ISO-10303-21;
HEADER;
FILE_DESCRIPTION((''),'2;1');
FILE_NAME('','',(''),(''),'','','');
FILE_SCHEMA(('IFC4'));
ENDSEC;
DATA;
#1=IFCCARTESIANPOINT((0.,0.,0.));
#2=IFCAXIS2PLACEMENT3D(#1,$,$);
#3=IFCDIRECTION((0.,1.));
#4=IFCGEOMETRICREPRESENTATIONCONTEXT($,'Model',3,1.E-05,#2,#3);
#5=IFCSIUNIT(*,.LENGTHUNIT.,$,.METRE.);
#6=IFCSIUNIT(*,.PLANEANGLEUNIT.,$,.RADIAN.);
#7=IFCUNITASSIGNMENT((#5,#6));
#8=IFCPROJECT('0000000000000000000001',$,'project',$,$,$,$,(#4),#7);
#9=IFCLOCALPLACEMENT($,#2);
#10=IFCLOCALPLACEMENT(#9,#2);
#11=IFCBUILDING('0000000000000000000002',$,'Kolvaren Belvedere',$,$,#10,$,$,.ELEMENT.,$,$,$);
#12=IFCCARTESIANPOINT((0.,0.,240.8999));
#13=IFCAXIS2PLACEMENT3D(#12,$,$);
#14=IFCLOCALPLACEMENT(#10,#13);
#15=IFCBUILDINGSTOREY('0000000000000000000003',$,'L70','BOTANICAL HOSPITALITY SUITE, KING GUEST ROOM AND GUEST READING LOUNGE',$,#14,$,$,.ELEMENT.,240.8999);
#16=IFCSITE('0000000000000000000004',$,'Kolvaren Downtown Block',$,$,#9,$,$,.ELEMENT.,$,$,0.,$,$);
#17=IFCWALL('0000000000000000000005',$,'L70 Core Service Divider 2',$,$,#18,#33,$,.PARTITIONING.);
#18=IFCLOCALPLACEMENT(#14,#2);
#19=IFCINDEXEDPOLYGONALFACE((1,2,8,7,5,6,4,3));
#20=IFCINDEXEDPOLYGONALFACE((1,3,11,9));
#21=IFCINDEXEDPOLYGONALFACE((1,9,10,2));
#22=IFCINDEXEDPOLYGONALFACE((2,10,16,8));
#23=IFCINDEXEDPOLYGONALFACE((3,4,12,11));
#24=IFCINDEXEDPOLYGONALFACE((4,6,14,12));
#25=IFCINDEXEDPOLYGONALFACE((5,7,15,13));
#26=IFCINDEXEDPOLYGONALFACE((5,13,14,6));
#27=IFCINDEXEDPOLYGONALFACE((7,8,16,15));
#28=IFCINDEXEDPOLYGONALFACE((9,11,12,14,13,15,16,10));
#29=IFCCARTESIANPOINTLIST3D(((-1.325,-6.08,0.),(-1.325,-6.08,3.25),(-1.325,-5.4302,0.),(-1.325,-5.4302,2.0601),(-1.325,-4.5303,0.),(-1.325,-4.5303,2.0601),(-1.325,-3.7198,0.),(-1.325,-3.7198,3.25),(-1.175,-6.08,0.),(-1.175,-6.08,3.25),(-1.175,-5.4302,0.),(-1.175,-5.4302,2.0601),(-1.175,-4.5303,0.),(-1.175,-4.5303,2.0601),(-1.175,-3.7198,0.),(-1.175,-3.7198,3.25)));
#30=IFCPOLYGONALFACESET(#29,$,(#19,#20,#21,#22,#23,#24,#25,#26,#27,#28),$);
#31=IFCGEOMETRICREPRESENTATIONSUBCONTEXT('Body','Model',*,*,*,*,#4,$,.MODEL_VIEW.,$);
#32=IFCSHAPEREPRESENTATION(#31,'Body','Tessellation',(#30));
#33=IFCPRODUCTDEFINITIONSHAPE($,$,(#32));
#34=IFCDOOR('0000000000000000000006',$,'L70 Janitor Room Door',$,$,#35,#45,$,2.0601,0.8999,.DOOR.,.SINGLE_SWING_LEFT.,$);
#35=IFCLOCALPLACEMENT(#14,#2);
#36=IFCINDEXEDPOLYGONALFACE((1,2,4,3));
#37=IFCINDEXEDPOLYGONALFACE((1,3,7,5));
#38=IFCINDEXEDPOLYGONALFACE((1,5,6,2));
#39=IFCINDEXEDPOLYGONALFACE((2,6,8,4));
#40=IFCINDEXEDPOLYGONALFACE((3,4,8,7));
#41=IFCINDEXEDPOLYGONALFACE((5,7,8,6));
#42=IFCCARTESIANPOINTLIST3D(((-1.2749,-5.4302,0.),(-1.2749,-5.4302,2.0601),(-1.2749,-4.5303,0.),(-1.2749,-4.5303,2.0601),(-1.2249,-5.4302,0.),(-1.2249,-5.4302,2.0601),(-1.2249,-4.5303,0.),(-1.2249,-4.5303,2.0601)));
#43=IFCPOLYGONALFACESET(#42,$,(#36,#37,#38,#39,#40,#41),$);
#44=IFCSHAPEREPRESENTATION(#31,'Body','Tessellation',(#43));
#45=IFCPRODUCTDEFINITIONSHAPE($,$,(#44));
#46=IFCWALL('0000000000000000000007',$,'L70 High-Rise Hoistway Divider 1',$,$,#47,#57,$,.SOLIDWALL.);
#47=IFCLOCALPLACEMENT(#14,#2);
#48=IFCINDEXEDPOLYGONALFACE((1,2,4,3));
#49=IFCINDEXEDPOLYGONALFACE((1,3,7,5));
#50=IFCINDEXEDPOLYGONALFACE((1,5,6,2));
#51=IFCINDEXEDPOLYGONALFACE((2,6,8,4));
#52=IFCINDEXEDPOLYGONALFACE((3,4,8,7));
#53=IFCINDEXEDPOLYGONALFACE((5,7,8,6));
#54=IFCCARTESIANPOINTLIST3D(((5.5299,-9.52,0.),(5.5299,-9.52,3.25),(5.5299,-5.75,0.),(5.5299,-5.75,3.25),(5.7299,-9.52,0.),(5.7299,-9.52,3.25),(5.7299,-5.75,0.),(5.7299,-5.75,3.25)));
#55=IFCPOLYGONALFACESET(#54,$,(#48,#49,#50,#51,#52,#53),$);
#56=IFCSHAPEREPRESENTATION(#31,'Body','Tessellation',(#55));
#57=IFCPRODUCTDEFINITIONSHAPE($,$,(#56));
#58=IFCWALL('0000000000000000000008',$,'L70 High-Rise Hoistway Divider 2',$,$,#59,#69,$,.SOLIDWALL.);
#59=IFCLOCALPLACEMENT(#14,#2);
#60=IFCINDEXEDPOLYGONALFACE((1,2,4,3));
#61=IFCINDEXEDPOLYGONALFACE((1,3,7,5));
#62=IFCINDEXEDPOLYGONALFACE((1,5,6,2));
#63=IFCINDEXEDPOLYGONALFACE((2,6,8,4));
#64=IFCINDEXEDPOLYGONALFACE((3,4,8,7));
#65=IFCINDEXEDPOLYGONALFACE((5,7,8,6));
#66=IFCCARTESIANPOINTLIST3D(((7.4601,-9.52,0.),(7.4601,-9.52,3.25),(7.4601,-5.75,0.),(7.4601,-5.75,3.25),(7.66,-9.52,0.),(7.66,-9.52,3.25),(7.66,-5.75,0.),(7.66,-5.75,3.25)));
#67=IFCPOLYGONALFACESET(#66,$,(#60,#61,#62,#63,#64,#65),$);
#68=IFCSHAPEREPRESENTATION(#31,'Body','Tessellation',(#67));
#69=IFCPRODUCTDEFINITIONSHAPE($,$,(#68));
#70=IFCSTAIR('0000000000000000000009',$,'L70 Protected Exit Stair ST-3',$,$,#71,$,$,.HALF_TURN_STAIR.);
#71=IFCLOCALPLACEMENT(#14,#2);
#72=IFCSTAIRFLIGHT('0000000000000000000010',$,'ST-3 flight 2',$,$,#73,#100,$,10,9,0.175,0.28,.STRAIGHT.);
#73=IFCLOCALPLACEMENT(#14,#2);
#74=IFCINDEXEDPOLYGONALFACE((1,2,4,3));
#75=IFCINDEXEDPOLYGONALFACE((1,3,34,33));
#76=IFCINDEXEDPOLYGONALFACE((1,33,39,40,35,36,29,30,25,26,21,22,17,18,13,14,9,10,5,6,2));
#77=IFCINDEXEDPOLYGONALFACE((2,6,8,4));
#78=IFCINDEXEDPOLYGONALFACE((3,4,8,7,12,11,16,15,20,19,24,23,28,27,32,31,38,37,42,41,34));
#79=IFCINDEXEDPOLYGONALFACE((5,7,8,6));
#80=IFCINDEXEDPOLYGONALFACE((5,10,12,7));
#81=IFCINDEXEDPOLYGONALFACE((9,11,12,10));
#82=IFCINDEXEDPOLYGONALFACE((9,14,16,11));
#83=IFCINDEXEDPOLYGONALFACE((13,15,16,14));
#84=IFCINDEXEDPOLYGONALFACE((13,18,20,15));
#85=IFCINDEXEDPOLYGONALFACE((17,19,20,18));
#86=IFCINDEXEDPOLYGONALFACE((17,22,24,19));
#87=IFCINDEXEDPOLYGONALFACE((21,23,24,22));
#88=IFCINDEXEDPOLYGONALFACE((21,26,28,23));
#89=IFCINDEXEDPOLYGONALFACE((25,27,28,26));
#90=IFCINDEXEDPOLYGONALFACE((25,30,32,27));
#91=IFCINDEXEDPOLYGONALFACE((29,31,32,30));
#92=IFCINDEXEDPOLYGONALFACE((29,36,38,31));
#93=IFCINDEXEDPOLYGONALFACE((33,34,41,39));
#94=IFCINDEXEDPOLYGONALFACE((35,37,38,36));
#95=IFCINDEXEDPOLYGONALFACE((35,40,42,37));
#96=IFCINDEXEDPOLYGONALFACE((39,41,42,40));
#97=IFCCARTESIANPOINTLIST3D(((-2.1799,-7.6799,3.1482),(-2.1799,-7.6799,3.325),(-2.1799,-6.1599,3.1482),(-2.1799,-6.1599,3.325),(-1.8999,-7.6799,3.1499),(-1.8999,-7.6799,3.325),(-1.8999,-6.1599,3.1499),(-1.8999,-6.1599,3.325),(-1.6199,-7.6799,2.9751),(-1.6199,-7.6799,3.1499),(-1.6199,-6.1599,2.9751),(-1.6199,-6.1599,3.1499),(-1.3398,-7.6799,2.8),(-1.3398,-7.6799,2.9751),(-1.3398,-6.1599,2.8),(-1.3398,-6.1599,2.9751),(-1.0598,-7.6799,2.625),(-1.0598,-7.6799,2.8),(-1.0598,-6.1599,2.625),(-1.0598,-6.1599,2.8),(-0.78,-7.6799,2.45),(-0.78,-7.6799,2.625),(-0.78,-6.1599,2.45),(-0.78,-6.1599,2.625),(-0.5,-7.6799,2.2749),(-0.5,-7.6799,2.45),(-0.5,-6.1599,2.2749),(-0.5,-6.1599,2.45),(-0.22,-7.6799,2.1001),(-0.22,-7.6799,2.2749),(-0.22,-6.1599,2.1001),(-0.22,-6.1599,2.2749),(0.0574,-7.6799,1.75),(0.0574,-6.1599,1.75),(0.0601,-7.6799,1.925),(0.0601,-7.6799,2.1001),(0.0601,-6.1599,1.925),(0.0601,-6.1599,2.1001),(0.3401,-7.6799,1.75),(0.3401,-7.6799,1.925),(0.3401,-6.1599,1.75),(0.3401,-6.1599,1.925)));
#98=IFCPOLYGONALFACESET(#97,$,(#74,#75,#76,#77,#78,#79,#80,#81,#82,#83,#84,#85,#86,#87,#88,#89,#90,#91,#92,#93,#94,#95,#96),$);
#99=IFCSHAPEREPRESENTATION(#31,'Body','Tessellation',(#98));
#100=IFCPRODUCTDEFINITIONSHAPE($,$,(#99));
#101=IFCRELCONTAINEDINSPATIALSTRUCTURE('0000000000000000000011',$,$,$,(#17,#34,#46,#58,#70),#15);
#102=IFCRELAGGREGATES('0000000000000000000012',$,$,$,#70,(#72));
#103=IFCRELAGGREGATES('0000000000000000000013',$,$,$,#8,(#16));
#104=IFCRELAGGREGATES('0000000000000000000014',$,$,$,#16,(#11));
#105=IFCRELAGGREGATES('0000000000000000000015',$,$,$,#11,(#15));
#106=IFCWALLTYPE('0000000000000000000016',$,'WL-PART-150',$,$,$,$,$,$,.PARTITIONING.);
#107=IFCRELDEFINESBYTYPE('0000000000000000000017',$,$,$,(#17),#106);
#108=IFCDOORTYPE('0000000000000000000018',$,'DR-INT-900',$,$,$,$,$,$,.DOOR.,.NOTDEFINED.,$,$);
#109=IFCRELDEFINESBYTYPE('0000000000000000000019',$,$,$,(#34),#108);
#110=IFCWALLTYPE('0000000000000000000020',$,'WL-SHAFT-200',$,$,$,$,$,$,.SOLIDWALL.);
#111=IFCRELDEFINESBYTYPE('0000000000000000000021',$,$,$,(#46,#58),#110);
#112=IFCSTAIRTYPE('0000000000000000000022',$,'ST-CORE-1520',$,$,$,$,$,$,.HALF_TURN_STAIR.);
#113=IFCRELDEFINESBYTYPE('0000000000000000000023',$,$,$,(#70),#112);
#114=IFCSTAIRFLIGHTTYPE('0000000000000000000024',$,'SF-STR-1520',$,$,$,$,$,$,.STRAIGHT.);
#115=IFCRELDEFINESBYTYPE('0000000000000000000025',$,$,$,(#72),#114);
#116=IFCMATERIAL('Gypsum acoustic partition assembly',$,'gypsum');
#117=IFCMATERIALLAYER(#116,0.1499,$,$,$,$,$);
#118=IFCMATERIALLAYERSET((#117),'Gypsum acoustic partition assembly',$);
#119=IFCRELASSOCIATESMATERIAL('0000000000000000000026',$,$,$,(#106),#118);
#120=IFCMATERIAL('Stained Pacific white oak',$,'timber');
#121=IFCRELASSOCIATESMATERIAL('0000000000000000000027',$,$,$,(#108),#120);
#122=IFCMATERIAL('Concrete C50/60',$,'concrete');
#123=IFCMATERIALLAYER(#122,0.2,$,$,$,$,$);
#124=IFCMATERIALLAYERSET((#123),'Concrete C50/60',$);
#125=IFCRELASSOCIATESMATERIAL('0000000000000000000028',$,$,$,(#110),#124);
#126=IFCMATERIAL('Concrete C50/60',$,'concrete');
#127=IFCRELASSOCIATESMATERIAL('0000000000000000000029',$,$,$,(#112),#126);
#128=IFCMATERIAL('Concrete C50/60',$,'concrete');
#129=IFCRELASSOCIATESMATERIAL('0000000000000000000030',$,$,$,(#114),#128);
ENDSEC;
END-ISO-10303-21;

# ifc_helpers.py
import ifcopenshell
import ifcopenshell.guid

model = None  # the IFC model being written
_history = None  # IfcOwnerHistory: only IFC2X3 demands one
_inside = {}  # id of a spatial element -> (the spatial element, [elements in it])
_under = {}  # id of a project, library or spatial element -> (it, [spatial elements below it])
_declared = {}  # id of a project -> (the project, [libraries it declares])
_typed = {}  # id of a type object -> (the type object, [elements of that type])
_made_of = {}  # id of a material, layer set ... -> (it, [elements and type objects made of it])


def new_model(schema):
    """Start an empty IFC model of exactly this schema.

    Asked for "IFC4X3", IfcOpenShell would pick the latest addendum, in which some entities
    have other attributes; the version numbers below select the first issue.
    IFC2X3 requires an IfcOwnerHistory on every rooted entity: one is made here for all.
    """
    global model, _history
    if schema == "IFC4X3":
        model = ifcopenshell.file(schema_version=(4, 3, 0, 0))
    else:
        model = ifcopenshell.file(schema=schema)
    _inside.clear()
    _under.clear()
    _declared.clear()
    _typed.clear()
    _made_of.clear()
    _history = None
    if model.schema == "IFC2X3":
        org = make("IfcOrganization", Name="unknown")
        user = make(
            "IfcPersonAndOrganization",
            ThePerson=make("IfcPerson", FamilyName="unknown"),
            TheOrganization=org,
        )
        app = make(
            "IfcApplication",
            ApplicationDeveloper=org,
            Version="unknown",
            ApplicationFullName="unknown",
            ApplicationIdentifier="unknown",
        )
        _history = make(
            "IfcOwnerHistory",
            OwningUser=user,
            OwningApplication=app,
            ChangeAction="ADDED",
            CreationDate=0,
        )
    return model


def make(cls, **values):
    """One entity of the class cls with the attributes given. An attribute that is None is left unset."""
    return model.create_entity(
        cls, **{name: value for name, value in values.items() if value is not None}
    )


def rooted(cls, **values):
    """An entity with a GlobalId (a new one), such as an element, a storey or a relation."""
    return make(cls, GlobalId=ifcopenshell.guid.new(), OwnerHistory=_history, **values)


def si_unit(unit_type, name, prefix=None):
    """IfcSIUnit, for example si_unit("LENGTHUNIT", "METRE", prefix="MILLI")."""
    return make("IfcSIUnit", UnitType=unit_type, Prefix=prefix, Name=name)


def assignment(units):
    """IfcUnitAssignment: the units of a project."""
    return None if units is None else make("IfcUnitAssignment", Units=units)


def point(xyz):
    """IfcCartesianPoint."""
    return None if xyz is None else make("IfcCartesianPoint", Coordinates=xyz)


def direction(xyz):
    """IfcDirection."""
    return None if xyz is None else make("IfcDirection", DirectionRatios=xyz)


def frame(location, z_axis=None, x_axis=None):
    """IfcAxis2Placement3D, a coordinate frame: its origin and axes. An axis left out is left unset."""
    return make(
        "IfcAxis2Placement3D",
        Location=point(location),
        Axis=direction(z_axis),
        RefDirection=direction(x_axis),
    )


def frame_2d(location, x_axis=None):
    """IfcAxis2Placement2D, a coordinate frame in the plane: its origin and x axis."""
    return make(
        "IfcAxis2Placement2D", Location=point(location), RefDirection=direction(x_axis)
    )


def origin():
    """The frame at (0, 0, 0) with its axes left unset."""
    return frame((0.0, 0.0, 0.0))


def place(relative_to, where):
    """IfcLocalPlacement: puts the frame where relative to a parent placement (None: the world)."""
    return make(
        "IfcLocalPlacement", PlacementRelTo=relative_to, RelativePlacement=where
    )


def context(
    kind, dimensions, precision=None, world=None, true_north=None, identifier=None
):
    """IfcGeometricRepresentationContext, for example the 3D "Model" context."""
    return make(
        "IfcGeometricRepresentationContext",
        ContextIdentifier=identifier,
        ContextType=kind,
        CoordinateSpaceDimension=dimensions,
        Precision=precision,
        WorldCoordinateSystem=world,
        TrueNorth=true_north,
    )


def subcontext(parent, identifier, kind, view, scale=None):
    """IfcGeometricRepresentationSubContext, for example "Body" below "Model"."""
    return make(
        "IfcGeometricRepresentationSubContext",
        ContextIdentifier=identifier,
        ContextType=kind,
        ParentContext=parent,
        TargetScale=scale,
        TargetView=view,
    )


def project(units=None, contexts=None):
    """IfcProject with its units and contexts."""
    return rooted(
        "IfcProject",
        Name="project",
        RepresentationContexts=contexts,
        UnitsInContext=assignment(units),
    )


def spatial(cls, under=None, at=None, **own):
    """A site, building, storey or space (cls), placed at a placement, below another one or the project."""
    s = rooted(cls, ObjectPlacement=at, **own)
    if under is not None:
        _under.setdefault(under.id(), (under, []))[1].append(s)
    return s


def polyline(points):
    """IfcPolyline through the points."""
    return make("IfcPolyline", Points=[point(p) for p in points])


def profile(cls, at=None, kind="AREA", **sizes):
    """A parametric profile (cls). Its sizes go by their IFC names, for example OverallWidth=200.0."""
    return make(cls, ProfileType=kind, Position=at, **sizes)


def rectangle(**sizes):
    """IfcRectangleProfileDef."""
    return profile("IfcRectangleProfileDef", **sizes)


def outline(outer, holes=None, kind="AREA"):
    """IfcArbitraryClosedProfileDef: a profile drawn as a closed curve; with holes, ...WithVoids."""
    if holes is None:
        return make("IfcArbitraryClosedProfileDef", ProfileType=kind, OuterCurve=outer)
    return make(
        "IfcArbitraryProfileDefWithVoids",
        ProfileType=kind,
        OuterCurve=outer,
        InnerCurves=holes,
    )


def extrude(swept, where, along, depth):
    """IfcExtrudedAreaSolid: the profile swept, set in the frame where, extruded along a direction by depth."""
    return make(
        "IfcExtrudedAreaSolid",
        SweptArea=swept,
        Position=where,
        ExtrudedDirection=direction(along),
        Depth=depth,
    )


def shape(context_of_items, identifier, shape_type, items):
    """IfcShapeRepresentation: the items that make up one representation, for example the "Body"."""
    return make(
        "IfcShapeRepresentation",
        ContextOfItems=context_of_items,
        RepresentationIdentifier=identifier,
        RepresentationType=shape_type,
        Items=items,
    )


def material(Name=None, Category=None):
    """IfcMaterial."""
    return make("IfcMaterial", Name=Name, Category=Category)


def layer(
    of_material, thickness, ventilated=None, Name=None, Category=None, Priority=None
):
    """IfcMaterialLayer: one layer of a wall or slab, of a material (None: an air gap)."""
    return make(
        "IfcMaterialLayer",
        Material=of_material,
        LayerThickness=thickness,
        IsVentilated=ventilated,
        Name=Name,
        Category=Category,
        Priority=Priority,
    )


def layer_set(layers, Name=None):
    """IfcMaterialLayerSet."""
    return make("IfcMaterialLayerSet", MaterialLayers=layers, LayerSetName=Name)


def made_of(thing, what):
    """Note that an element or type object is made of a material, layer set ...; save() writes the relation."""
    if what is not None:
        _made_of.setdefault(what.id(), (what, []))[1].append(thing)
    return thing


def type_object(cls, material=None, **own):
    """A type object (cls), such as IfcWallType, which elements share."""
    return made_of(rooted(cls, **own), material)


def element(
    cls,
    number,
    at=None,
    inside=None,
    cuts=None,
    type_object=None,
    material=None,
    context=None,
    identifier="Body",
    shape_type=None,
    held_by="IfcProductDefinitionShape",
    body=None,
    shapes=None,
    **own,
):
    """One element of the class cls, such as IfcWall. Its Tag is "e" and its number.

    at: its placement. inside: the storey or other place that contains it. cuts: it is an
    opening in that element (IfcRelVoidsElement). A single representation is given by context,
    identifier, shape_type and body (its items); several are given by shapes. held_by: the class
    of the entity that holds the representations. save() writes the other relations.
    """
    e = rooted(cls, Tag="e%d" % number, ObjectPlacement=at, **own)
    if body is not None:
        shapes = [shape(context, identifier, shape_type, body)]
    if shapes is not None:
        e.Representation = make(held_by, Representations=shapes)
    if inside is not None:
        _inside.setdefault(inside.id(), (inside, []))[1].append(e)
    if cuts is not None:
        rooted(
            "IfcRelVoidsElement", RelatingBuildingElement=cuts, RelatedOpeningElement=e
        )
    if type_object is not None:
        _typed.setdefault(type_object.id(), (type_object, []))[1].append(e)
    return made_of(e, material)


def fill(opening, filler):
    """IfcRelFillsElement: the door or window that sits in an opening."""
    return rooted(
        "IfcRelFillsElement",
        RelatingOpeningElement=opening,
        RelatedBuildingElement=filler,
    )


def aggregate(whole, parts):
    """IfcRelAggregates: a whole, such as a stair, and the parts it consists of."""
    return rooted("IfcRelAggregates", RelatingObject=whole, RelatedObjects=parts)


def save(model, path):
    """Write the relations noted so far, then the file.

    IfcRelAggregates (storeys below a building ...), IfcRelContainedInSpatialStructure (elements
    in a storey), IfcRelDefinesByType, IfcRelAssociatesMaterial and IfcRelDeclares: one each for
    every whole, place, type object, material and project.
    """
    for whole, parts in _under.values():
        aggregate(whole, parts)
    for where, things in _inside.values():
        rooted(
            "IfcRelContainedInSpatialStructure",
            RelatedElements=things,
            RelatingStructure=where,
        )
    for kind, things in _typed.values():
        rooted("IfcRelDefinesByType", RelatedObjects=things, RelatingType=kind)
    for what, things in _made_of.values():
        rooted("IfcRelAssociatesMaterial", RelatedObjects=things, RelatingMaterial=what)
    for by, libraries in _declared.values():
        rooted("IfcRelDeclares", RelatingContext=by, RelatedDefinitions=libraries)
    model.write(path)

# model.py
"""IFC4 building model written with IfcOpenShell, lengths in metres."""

from ifc_helpers import new_model, si_unit, direction, frame, frame_2d, origin, place, context, subcontext, project, spatial, polyline, rectangle, outline, extrude, material, layer, layer_set, type_object, element, fill, aggregate, save


model = new_model("IFC4")

# Units and contexts
model_context = context("Model", 3, precision=1e-05, world=origin(), true_north=direction((0.0, 1.0)))
body_context = subcontext(model_context, "Body", "Model", "MODEL_VIEW")
ifc_project = project(units=[si_unit("LENGTHUNIT", "METRE"), si_unit("PLANEANGLEUNIT", "RADIAN")], contexts=[model_context])

# Site, building, storey
site_placement = place(None, origin())
site = spatial("IfcSite", under=ifc_project, at=site_placement, Name="Kolvaren Downtown Block", CompositionType="ELEMENT", RefElevation=0.0)
building_placement = place(site_placement, origin())
building = spatial("IfcBuilding", under=site, at=building_placement, Name="Kolvaren Belvedere", CompositionType="ELEMENT")
storey_placement = place(building_placement, frame((0.0, 0.0, 240.8999)))
storey = spatial("IfcBuildingStorey", under=building, at=storey_placement, Name="L70", Description="BOTANICAL HOSPITALITY SUITE, KING GUEST ROOM AND GUEST READING LOUNGE", CompositionType="ELEMENT", Elevation=240.8999)

# Wall, opening, door
ifc_material_1 = material(Name="Gypsum acoustic partition assembly", Category="gypsum")
ifc_layer_1 = layer(ifc_material_1, 0.1499)
ifc_layer_set_1 = layer_set([ifc_layer_1], Name="Gypsum acoustic partition assembly")
wall_type_1 = type_object("IfcWallType", Name="WL-PART-150", PredefinedType="PARTITIONING", material=ifc_layer_set_1)
ifc_material_2 = material(Name="Stained Pacific white oak", Category="timber")
door_type_1 = type_object("IfcDoorType", Name="DR-INT-900", OperationType="NOTDEFINED", PredefinedType="DOOR", material=ifc_material_2)
wall_1_placement = place(storey_placement, frame((-1.25, -6.0801, 0.0), z_axis=(0.0, 0.0, 1.0), x_axis=(0.0, 1.0, 0.0)))
wall_1 = element("IfcWall", 1, at=wall_1_placement, inside=storey, type_object=wall_type_1, Name="L70 Core Service Divider 2", PredefinedType="PARTITIONING", context=body_context, shape_type="SweptSolid", body=[
    extrude(rectangle(XDim=2.3601, YDim=0.1499, at=frame_2d((1.1802, 0.0))), origin(), (0.0, 0.0, 1.0), 3.25),
])
opening_1_placement = place(wall_1_placement, frame((0.6499, 0.0, 0.0)))
opening_1 = element("IfcOpeningElement", 2, at=opening_1_placement, cuts=wall_1, PredefinedType="OPENING", context=body_context, shape_type="SweptSolid", body=[
    extrude(rectangle(XDim=0.8999, YDim=2.0601, at=frame_2d((0.45, 1.03))), frame((0.0, 0.085, 0.0), z_axis=(0.0, -1.0, 0.0), x_axis=(1.0, 0.0, 0.0)), (0.0, 0.0, 1.0), 0.1699),
])
door_1_placement = place(opening_1_placement, origin())
door_1 = element("IfcDoor", 3, at=door_1_placement, inside=storey, type_object=door_type_1, Name="L70 Janitor Room Door", OperationType="SINGLE_SWING_LEFT", OverallHeight=2.0601, OverallWidth=0.8999, PredefinedType="DOOR", context=body_context, shape_type="SweptSolid", body=[
    extrude(rectangle(XDim=0.8999, YDim=2.0601, at=frame_2d((0.45, 1.03))), frame((0.0, 0.0249, 0.0), z_axis=(0.0, -1.0, 0.0), x_axis=(1.0, 0.0, 0.0)), (0.0, 0.0, 1.0), 0.05),
])
fill(opening_1, door_1)

# Walls
ifc_material_3 = material(Name="Concrete C50/60", Category="concrete")
ifc_layer_2 = layer(ifc_material_3, 0.2)
ifc_layer_set_2 = layer_set([ifc_layer_2], Name="Concrete C50/60")
wall_type_2 = type_object("IfcWallType", Name="WL-SHAFT-200", PredefinedType="SOLIDWALL", material=ifc_layer_set_2)
for number, where, z_axis, x_axis, name in (
    (4, (5.6299, -9.52, 0.0), (0.0, 0.0, 1.0), (0.0, 1.0, 0.0), "L70 High-Rise Hoistway Divider 1"),
    (5, (7.5601, -9.52, 0.0), (0.0, 0.0, 1.0), (0.0, 1.0, 0.0), "L70 High-Rise Hoistway Divider 2"),
):
    element("IfcWall", number, at=place(storey_placement, frame(where, z_axis=z_axis, x_axis=x_axis)), inside=storey, type_object=wall_type_2, Name=name, PredefinedType="SOLIDWALL", context=body_context, shape_type="SweptSolid", body=[
        extrude(rectangle(XDim=3.77, YDim=0.2, at=frame_2d((1.885, 0.0))), origin(), (0.0, 0.0, 1.0), 3.25),
    ])

# Stair, stair flight
ifc_material_4 = material(Name="Concrete C50/60", Category="concrete")
stair_type = type_object("IfcStairType", Name="ST-CORE-1520", PredefinedType="HALF_TURN_STAIR", material=ifc_material_4)
stair_placement = place(storey_placement, origin())
stair = element("IfcStair", 6, at=stair_placement, inside=storey, type_object=stair_type, Name="L70 Protected Exit Stair ST-3", PredefinedType="HALF_TURN_STAIR")
ifc_material_5 = material(Name="Concrete C50/60", Category="concrete")
stair_flight_type = type_object("IfcStairFlightType", Name="SF-STR-1520", PredefinedType="STRAIGHT", material=ifc_material_5)
stair_flight_placement = place(storey_placement, frame((0.3401, -6.9199, 1.75), z_axis=(0.0, 0.0, 1.0), x_axis=(-1.0, 0.0, 0.0)))
stair_flight = element("IfcStairFlight", 7, at=stair_flight_placement, type_object=stair_flight_type, Name="ST-3 flight 2", NumberOfRisers=10, NumberOfTreads=9, PredefinedType="STRAIGHT", RiserHeight=0.175, TreadLength=0.28, context=body_context, shape_type="SweptSolid", body=[
    extrude(outline(polyline([(0.0, 0.0), (0.0, 0.175), (0.28, 0.175), (0.28, 0.3501), (0.5601, 0.3501), (0.5601, 0.5249), (0.8401, 0.5249), (0.8401, 0.7), (1.1201, 0.7), (1.1201, 0.875), (1.3999, 0.875), (1.3999, 1.05), (1.6799, 1.05), (1.6799, 1.2251), (1.96, 1.2251), (1.96, 1.3999), (2.24, 1.3999), (2.24, 1.575), (2.52, 1.575), (2.52, 1.75), (2.52, 1.3982), (0.2827, 0.0), (0.0, 0.0)])), frame((0.0, 0.76, 0.0), z_axis=(0.0, -1.0, 0.0), x_axis=(1.0, 0.0, 0.0)), (0.0, 0.0, 1.0), 1.52),
])
aggregate(stair, [stair_flight])

save(model, "model.ifc")
